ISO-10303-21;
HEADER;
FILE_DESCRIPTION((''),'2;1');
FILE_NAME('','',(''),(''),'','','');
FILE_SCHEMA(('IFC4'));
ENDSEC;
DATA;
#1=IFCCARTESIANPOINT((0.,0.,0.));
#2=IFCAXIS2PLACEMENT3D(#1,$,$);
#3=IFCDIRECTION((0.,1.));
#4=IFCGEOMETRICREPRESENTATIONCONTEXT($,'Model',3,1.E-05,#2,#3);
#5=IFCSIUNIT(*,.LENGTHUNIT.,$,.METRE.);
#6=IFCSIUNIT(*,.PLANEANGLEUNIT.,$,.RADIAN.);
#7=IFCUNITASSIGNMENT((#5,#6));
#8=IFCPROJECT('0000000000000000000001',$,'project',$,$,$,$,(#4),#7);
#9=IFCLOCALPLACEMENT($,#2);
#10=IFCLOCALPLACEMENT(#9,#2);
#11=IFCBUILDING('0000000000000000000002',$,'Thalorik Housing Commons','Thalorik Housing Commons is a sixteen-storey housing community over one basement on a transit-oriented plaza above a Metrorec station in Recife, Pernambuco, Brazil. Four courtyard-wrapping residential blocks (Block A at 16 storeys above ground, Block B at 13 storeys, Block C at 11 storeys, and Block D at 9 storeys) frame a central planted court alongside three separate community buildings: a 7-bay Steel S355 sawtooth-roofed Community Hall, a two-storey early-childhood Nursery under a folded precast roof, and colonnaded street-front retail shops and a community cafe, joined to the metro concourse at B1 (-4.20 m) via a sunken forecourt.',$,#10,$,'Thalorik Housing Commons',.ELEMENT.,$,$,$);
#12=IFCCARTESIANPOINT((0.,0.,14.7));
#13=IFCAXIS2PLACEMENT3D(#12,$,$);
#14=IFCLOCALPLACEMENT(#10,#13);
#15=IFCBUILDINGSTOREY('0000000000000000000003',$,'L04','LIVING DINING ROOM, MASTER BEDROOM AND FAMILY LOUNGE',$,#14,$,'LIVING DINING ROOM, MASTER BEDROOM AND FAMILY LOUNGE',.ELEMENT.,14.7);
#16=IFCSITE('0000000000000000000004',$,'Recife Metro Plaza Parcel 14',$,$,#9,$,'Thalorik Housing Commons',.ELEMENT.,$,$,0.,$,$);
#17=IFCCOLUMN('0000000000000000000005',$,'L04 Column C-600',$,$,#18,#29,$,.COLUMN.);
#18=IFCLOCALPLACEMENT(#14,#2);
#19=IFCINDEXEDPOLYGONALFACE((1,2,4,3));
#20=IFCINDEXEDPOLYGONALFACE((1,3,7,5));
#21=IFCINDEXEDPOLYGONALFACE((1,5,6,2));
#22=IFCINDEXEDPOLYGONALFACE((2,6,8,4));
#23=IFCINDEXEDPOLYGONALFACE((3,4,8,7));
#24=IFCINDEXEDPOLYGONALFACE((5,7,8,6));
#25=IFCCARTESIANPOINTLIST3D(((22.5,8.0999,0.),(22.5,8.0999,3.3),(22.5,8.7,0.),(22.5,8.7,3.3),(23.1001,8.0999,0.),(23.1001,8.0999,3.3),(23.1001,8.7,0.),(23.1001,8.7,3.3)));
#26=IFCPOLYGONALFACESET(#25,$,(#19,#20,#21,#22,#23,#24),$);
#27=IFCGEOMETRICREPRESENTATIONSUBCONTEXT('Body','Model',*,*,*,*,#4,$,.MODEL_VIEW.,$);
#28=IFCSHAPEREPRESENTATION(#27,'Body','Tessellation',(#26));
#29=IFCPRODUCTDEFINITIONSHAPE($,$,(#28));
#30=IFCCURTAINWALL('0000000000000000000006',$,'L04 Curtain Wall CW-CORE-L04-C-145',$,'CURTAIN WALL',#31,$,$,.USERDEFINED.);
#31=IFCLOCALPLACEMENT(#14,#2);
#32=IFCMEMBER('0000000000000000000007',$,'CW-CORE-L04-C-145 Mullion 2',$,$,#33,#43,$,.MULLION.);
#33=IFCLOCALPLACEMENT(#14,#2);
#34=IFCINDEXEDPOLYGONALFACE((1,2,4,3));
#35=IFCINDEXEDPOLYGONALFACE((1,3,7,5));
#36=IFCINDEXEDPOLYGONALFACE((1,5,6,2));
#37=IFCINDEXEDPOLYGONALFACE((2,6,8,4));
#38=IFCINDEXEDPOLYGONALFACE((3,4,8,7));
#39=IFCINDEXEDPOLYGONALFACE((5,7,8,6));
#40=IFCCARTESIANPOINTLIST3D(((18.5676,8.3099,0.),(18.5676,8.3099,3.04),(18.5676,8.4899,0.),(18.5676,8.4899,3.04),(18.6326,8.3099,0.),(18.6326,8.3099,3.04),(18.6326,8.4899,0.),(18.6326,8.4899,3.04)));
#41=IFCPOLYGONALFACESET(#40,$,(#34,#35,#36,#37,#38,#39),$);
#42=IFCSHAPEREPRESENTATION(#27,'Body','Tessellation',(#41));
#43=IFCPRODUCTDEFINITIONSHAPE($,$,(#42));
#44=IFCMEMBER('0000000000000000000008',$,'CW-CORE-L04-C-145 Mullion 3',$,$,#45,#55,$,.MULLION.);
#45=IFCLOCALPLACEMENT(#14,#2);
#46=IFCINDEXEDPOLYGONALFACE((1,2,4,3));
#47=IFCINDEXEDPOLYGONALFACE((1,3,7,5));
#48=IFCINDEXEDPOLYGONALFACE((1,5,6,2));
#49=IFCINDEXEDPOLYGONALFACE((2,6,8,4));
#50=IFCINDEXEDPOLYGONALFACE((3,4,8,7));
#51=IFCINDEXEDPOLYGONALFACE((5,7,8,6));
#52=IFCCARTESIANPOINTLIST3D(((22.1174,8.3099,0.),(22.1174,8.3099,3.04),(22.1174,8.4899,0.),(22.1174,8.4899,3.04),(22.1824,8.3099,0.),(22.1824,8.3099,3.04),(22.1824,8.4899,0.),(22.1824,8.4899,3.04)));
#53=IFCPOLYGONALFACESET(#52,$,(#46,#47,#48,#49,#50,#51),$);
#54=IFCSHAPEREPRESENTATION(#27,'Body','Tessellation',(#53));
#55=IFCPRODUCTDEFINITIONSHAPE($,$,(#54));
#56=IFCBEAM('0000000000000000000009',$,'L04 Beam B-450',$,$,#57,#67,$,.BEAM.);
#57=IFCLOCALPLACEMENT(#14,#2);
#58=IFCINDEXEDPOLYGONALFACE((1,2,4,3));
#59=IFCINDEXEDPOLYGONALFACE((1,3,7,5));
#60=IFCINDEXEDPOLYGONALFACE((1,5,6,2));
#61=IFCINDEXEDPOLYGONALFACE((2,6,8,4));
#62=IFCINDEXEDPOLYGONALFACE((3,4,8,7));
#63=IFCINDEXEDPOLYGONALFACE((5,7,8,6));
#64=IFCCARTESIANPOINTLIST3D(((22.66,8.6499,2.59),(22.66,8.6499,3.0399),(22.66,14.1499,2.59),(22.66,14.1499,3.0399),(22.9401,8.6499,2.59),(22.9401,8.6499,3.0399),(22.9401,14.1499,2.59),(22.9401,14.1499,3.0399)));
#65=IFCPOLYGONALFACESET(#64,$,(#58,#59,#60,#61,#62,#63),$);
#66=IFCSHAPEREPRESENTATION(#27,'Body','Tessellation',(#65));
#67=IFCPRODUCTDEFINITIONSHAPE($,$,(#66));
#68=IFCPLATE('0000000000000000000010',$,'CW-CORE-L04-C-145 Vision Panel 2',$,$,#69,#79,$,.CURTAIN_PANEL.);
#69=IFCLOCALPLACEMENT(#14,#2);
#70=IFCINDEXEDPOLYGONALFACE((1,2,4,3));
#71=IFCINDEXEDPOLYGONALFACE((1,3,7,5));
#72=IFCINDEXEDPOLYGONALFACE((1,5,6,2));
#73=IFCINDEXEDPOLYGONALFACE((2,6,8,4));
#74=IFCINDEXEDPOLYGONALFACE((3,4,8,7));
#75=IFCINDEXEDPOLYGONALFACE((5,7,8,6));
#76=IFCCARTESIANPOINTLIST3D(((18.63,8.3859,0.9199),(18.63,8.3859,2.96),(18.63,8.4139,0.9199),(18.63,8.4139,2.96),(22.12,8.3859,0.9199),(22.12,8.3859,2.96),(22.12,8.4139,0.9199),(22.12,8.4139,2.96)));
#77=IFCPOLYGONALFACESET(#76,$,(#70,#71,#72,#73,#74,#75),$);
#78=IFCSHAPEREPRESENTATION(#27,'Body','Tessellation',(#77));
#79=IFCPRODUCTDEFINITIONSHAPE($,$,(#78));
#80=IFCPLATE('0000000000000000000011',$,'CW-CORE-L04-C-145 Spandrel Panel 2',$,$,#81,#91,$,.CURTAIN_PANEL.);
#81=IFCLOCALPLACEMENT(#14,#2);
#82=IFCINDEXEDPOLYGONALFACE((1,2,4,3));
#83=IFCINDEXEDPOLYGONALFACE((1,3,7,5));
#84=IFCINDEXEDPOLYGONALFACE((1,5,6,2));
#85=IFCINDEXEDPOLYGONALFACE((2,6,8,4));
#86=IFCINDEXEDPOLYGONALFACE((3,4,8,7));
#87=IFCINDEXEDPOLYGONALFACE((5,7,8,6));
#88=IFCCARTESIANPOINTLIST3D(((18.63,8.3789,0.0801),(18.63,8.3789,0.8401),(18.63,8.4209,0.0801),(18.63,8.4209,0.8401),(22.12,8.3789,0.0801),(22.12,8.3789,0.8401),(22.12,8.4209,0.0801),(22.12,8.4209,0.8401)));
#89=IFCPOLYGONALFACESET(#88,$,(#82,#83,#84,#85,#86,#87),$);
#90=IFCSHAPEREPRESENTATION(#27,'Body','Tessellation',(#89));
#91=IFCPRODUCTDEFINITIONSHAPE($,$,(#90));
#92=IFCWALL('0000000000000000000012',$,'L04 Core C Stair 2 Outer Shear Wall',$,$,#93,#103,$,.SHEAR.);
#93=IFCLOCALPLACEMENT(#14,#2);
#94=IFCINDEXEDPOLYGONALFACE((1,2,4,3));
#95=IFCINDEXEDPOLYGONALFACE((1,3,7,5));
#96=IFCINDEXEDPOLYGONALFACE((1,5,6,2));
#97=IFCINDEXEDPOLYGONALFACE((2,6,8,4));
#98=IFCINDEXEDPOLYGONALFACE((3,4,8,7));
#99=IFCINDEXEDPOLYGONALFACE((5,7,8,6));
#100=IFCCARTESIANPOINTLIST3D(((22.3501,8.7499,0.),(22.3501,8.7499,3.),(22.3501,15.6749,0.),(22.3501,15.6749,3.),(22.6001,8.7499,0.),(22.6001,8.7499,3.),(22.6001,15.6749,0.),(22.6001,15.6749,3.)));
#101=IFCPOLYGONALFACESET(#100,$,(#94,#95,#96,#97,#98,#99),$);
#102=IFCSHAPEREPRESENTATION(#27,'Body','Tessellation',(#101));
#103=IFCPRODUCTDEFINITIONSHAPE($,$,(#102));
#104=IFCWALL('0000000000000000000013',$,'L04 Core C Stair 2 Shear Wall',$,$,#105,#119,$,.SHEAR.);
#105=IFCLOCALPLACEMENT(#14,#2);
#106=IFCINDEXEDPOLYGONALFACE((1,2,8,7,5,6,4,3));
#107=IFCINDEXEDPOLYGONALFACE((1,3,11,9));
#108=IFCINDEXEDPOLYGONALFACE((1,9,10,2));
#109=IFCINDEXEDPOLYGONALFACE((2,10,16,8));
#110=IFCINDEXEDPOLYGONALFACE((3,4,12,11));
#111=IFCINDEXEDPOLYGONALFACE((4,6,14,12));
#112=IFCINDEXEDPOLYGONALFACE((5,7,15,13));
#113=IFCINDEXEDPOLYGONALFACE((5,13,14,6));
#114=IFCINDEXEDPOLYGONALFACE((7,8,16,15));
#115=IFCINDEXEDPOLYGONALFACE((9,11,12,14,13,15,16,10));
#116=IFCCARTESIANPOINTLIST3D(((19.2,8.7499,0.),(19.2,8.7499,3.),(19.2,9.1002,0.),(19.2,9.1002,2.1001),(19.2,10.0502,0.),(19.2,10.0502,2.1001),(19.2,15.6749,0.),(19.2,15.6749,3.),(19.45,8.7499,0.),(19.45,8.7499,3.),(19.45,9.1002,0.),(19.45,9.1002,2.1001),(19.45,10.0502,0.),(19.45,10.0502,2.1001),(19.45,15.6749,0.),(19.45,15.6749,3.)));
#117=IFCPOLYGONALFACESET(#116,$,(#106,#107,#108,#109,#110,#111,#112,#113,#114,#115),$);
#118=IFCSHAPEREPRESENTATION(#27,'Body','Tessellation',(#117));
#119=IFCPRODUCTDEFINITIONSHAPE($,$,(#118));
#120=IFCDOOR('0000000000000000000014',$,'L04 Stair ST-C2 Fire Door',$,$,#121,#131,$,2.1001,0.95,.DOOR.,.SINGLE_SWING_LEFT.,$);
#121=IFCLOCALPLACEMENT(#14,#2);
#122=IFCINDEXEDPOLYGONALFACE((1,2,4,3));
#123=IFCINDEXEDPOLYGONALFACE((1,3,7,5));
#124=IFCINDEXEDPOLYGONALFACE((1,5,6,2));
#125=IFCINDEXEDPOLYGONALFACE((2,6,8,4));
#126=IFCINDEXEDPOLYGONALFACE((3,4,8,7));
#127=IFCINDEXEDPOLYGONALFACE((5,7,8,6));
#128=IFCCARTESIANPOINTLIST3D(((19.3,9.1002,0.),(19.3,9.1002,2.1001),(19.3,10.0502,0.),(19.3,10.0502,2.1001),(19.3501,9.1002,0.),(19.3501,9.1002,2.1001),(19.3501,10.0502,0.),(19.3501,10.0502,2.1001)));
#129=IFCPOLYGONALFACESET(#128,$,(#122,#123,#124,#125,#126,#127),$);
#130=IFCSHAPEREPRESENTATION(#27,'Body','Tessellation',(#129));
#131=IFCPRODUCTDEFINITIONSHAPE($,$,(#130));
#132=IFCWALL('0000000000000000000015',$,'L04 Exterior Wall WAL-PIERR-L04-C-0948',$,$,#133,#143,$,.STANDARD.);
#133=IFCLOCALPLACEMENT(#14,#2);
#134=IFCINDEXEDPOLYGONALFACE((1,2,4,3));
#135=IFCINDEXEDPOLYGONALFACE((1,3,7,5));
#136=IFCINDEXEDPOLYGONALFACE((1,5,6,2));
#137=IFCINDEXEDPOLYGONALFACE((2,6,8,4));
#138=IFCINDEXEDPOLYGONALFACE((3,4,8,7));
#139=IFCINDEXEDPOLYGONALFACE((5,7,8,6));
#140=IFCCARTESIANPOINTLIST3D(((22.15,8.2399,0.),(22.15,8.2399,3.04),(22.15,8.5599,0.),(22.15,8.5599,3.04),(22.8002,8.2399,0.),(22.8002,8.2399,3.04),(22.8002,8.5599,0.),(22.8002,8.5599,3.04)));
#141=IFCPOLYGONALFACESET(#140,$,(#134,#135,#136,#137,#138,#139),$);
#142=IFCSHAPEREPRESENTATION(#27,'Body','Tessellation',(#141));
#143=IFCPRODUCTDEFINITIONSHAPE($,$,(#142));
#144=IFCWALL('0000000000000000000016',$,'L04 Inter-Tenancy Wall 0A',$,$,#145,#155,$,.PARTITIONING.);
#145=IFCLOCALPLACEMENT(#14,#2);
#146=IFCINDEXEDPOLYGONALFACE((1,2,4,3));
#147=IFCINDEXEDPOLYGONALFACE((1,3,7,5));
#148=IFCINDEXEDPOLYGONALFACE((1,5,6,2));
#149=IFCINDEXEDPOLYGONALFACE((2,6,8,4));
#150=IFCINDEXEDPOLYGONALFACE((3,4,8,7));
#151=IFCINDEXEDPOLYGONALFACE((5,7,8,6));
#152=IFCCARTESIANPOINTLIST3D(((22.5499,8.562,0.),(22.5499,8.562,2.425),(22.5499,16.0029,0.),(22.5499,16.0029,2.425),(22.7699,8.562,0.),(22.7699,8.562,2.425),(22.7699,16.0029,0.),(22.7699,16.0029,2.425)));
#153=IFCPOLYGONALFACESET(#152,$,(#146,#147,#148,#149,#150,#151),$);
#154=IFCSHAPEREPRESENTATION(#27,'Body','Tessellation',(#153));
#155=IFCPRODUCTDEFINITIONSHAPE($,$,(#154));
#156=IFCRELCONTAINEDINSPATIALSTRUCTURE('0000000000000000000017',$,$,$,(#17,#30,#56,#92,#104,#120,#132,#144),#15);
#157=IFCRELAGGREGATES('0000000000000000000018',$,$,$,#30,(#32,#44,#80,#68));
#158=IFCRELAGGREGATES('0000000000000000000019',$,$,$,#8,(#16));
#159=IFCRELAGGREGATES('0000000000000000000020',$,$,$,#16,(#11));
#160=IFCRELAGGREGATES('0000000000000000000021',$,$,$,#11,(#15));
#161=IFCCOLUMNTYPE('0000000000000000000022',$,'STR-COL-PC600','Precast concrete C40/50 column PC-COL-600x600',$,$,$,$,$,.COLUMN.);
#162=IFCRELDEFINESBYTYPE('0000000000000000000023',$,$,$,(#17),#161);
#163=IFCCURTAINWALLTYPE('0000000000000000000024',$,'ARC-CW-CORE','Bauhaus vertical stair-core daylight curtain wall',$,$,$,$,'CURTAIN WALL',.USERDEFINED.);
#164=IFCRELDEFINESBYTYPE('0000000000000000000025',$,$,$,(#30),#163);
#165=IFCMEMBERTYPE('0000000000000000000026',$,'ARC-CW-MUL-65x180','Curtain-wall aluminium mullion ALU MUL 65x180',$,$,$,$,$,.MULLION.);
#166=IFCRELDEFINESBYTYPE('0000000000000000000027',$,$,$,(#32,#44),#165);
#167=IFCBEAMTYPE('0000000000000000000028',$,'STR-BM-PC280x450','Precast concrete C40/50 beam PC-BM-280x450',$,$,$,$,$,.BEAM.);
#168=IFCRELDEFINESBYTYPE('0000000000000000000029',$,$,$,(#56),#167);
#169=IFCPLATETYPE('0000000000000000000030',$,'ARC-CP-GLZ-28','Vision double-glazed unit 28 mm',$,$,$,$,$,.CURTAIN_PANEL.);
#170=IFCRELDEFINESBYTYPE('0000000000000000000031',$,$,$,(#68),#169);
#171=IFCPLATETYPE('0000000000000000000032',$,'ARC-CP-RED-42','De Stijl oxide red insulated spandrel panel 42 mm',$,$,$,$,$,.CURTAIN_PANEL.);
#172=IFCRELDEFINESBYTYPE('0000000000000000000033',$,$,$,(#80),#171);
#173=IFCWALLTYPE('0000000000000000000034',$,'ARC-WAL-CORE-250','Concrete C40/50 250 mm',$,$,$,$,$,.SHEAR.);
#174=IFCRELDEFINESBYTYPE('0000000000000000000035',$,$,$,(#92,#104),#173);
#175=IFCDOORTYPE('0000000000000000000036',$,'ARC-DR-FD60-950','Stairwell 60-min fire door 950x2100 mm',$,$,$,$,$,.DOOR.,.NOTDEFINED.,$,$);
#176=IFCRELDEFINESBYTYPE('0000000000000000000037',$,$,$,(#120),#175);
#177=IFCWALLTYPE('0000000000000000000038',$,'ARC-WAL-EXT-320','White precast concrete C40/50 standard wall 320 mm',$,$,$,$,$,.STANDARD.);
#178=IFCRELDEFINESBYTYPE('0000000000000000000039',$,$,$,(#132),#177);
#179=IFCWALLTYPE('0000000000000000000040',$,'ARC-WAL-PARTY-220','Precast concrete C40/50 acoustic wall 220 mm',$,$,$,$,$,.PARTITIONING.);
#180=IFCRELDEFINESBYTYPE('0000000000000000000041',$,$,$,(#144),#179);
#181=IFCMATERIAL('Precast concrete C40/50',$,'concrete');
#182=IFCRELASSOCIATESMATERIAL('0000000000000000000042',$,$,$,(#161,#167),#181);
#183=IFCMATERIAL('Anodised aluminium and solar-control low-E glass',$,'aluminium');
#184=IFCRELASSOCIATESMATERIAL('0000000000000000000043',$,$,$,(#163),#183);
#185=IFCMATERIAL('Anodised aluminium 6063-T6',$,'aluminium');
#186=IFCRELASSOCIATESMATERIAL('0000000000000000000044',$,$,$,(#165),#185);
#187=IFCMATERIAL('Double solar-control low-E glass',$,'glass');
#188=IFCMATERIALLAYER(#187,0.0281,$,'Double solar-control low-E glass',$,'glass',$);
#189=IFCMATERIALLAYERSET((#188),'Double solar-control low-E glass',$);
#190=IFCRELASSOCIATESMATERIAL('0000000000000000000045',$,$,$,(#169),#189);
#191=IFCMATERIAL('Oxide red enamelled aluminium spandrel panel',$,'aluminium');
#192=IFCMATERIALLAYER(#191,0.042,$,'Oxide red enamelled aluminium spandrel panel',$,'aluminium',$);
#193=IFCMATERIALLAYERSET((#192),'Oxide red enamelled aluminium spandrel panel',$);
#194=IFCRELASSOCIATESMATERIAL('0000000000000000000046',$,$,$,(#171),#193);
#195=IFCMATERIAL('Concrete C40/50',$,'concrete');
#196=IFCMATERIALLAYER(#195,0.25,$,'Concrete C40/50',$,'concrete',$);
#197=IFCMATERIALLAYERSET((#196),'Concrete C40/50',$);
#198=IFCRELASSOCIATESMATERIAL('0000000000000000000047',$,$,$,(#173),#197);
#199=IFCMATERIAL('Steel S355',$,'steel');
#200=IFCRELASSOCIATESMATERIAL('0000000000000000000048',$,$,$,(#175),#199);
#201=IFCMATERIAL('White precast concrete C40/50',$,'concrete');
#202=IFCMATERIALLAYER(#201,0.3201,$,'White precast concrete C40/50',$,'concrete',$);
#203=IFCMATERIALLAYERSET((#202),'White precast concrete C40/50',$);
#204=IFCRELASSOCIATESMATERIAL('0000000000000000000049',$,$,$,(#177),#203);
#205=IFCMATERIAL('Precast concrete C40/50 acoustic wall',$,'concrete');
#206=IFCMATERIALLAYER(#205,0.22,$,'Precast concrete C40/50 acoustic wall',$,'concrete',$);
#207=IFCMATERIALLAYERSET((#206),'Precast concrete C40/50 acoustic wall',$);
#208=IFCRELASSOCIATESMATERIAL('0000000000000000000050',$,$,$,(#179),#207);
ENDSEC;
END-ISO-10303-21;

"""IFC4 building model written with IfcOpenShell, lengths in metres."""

from ifc_helpers import new_model, si_unit, direction, frame, frame_2d, origin, origin_2d, place, context, subcontext, project, spatial, rectangle, extrude, material, layer, layer_set, material_profile, profile_set, type_object, element, fill, aggregate, save


model = new_model("IFC4")

# Units and contexts
model_context = context("Model", 3, precision=1e-05, world=origin(), true_north=direction((0.0, 1.0)))
body_context = subcontext(model_context, "Body", "Model", "MODEL_VIEW")
ifc_project = project(units=[si_unit("LENGTHUNIT", "METRE"), si_unit("PLANEANGLEUNIT", "RADIAN")], contexts=[model_context])

# Site, building, storey
site_placement = place(None, origin())
site = spatial("IfcSite", under=ifc_project, at=site_placement, Name="Recife Metro Plaza Parcel 14", LongName="Thalorik Housing Commons", CompositionType="ELEMENT", RefElevation=0.0)
building_placement = place(site_placement, origin())
building = spatial("IfcBuilding", under=site, at=building_placement, Name="Thalorik Housing Commons", Description="Thalorik Housing Commons is a sixteen-storey housing community over one basement on a transit-oriented plaza above a Metrorec station in Recife, Pernambuco, Brazil. Four courtyard-wrapping residential blocks (Block A at 16 storeys above ground, Block B at 13 storeys, Block C at 11 storeys, and Block D at 9 storeys) frame a central planted court alongside three separate community buildings: a 7-bay Steel S355 sawtooth-roofed Community Hall, a two-storey early-childhood Nursery under a folded precast roof, and colonnaded street-front retail shops and a community cafe, joined to the metro concourse at B1 (-4.20 m) via a sunken forecourt.", LongName="Thalorik Housing Commons", CompositionType="ELEMENT")
storey_placement = place(building_placement, frame((0.0, 0.0, 14.7)))
storey = spatial("IfcBuildingStorey", under=building, at=storey_placement, Name="L04", Description="LIVING DINING ROOM, MASTER BEDROOM AND FAMILY LOUNGE", LongName="LIVING DINING ROOM, MASTER BEDROOM AND FAMILY LOUNGE", CompositionType="ELEMENT", Elevation=14.7)

# Column
ifc_material_1 = material(Name="Precast concrete C40/50", Category="concrete")
ifc_material_profile_1 = material_profile(ifc_material_1, rectangle(XDim=0.6001, YDim=0.6001, at=origin_2d()), Name="PC 600x600", Category="concrete")
ifc_profile_set_1 = profile_set([ifc_material_profile_1], Name="Precast concrete C40/50")
column_type = type_object("IfcColumnType", Name="STR-COL-PC600", Description="Precast concrete C40/50 column PC-COL-600x600", PredefinedType="COLUMN", material=ifc_profile_set_1)
column_placement = place(storey_placement, frame((22.8, 8.3999, 0.0), z_axis=(0.0, 0.0, 1.0), x_axis=(1.0, 0.0, 0.0)))
element("IfcColumn", 1, at=column_placement, inside=storey, type_object=column_type, Name="L04 Column C-600", PredefinedType="COLUMN", context=body_context, shape_type="SweptSolid", body=[
    extrude(rectangle(XDim=0.6001, YDim=0.6001, at=origin_2d()), origin(), (0.0, 0.0, 1.0), 3.3),
])

# Curtain wall, members
ifc_material_2 = material(Name="Anodised aluminium and solar-control low-E glass", Category="aluminium")
curtain_wall_type = type_object("IfcCurtainWallType", Name="ARC-CW-CORE", Description="Bauhaus vertical stair-core daylight curtain wall", ElementType="CURTAIN WALL", PredefinedType="USERDEFINED", material=ifc_material_2)
curtain_wall_placement = place(storey_placement, origin())
curtain_wall = element("IfcCurtainWall", 2, at=curtain_wall_placement, inside=storey, type_object=curtain_wall_type, Name="L04 Curtain Wall CW-CORE-L04-C-145", ObjectType="CURTAIN WALL", PredefinedType="USERDEFINED")
ifc_material_3 = material(Name="Anodised aluminium 6063-T6", Category="aluminium")
ifc_material_profile_2 = material_profile(ifc_material_3, rectangle(XDim=0.0649, YDim=0.1799, at=origin_2d()), Name="ALU MUL 65x180", Category="aluminium")
ifc_profile_set_2 = profile_set([ifc_material_profile_2], Name="Anodised aluminium 6063-T6")
member_type = type_object("IfcMemberType", Name="ARC-CW-MUL-65x180", Description="Curtain-wall aluminium mullion ALU MUL 65x180", PredefinedType="MULLION", material=ifc_profile_set_2)
member_1_placement = place(storey_placement, frame((18.6001, 8.3999, 0.0), z_axis=(0.0, 0.0, 1.0), x_axis=(1.0, 0.0, 0.0)))
member_1 = element("IfcMember", 3, at=member_1_placement, type_object=member_type, Name="CW-CORE-L04-C-145 Mullion 2", PredefinedType="MULLION", context=body_context, shape_type="SweptSolid", body=[
    extrude(rectangle(XDim=0.0649, YDim=0.1799, at=origin_2d()), origin(), (0.0, 0.0, 1.0), 3.04),
])
member_2_placement = place(storey_placement, frame((22.1499, 8.3999, 0.0), z_axis=(0.0, 0.0, 1.0), x_axis=(1.0, 0.0, 0.0)))
member_2 = element("IfcMember", 4, at=member_2_placement, type_object=member_type, Name="CW-CORE-L04-C-145 Mullion 3", PredefinedType="MULLION", context=body_context, shape_type="SweptSolid", body=[
    extrude(rectangle(XDim=0.0649, YDim=0.1799, at=origin_2d()), origin(), (0.0, 0.0, 1.0), 3.04),
])

# Beam
ifc_material_profile_3 = material_profile(ifc_material_1, rectangle(XDim=0.28, YDim=0.45, at=origin_2d()), Name="PC 280x450", Category="concrete")
ifc_profile_set_3 = profile_set([ifc_material_profile_3], Name="Precast concrete C40/50")
beam_type = type_object("IfcBeamType", Name="STR-BM-PC280x450", Description="Precast concrete C40/50 beam PC-BM-280x450", PredefinedType="BEAM", material=ifc_profile_set_3)
beam_placement = place(storey_placement, frame((22.8, 8.6499, 2.8149), z_axis=(0.0, 1.0, 0.0), x_axis=(-1.0, 0.0, 0.0)))
element("IfcBeam", 5, at=beam_placement, inside=storey, type_object=beam_type, Name="L04 Beam B-450", PredefinedType="BEAM", context=body_context, shape_type="SweptSolid", body=[
    extrude(rectangle(XDim=0.28, YDim=0.45, at=origin_2d()), origin(), (0.0, 0.0, 1.0), 5.5),
])

# Plates
ifc_material_4 = material(Name="Double solar-control low-E glass", Category="glass")
ifc_layer_1 = layer(ifc_material_4, 0.0281, Name="Double solar-control low-E glass", Category="glass")
ifc_layer_set_1 = layer_set([ifc_layer_1], Name="Double solar-control low-E glass")
plate_type_1 = type_object("IfcPlateType", Name="ARC-CP-GLZ-28", Description="Vision double-glazed unit 28 mm", PredefinedType="CURTAIN_PANEL", material=ifc_layer_set_1)
plate_1_placement = place(storey_placement, frame((20.375, 8.3999, 0.9199), z_axis=(0.0, 0.0, 1.0), x_axis=(1.0, 0.0, 0.0)))
plate_1 = element("IfcPlate", 6, at=plate_1_placement, type_object=plate_type_1, Name="CW-CORE-L04-C-145 Vision Panel 2", PredefinedType="CURTAIN_PANEL", context=body_context, shape_type="SweptSolid", body=[
    extrude(rectangle(XDim=3.49, YDim=0.0281, at=origin_2d()), origin(), (0.0, 0.0, 1.0), 2.04),
])
ifc_material_5 = material(Name="Oxide red enamelled aluminium spandrel panel", Category="aluminium")
ifc_layer_2 = layer(ifc_material_5, 0.042, Name="Oxide red enamelled aluminium spandrel panel", Category="aluminium")
ifc_layer_set_2 = layer_set([ifc_layer_2], Name="Oxide red enamelled aluminium spandrel panel")
plate_type_2 = type_object("IfcPlateType", Name="ARC-CP-RED-42", Description="De Stijl oxide red insulated spandrel panel 42 mm", PredefinedType="CURTAIN_PANEL", material=ifc_layer_set_2)
plate_2_placement = place(storey_placement, frame((20.375, 8.3999, 0.0801), z_axis=(0.0, 0.0, 1.0), x_axis=(1.0, 0.0, 0.0)))
plate_2 = element("IfcPlate", 7, at=plate_2_placement, type_object=plate_type_2, Name="CW-CORE-L04-C-145 Spandrel Panel 2", PredefinedType="CURTAIN_PANEL", context=body_context, shape_type="SweptSolid", body=[
    extrude(rectangle(XDim=3.49, YDim=0.042, at=origin_2d()), origin(), (0.0, 0.0, 1.0), 0.76),
])
aggregate(curtain_wall, [member_1, member_2, plate_2, plate_1])

# Wall
ifc_material_6 = material(Name="Concrete C40/50", Category="concrete")
ifc_layer_3 = layer(ifc_material_6, 0.25, Name="Concrete C40/50", Category="concrete")
ifc_layer_set_3 = layer_set([ifc_layer_3], Name="Concrete C40/50")
wall_type_1 = type_object("IfcWallType", Name="ARC-WAL-CORE-250", Description="Concrete C40/50 250 mm", PredefinedType="SHEAR", material=ifc_layer_set_3)
wall_1_placement = place(storey_placement, frame((22.4751, 8.75, 0.0), z_axis=(0.0, 0.0, 1.0), x_axis=(0.0, 1.0, 0.0)))
element("IfcWall", 8, at=wall_1_placement, inside=storey, type_object=wall_type_1, Name="L04 Core C Stair 2 Outer Shear Wall", PredefinedType="SHEAR", context=body_context, shape_type="SweptSolid", body=[
    extrude(rectangle(XDim=6.925, YDim=0.25, at=frame_2d((3.4624, 0.0))), origin(), (0.0, 0.0, 1.0), 3.0),
])

# Wall, opening, door
wall_2_placement = place(storey_placement, frame((19.325, 8.75, 0.0), z_axis=(0.0, 0.0, 1.0), x_axis=(0.0, 1.0, 0.0)))
wall_2 = element("IfcWall", 9, at=wall_2_placement, inside=storey, type_object=wall_type_1, Name="L04 Core C Stair 2 Shear Wall", PredefinedType="SHEAR", context=body_context, shape_type="SweptSolid", body=[
    extrude(rectangle(XDim=6.925, YDim=0.25, at=frame_2d((3.4624, 0.0))), origin(), (0.0, 0.0, 1.0), 3.0),
])
opening_1_placement = place(wall_2_placement, frame((0.3501, 0.0, 0.0)))
opening_1 = element("IfcOpeningElement", 10, at=opening_1_placement, cuts=wall_2, PredefinedType="OPENING", context=body_context, shape_type="SweptSolid", body=[
    extrude(rectangle(XDim=0.95, YDim=2.1001, at=frame_2d((0.4751, 1.05))), frame((0.0, 0.135, 0.0), z_axis=(0.0, -1.0, 0.0), x_axis=(1.0, 0.0, 0.0)), (0.0, 0.0, 1.0), 0.27),
])
ifc_material_7 = material(Name="Steel S355", Category="steel")
door_type_1 = type_object("IfcDoorType", Name="ARC-DR-FD60-950", Description="Stairwell 60-min fire door 950x2100 mm", OperationType="NOTDEFINED", PredefinedType="DOOR", material=ifc_material_7)
door_1_placement = place(opening_1_placement, origin())
door_1 = element("IfcDoor", 11, at=door_1_placement, inside=storey, type_object=door_type_1, Name="L04 Stair ST-C2 Fire Door", OperationType="SINGLE_SWING_LEFT", OverallHeight=2.1001, OverallWidth=0.95, PredefinedType="DOOR", context=body_context, shape_type="SweptSolid", body=[
    extrude(rectangle(XDim=0.95, YDim=2.1001, at=frame_2d((0.4751, 1.05))), frame((0.0, 0.0249, 0.0), z_axis=(0.0, -1.0, 0.0), x_axis=(1.0, 0.0, 0.0)), (0.0, 0.0, 1.0), 0.05),
])
fill(opening_1, door_1)

# Wall
ifc_material_8 = material(Name="White precast concrete C40/50", Category="concrete")
ifc_layer_4 = layer(ifc_material_8, 0.3201, Name="White precast concrete C40/50", Category="concrete")
ifc_layer_set_4 = layer_set([ifc_layer_4], Name="White precast concrete C40/50")
wall_type_2 = type_object("IfcWallType", Name="ARC-WAL-EXT-320", Description="White precast concrete C40/50 standard wall 320 mm", PredefinedType="STANDARD", material=ifc_layer_set_4)
wall_3_placement = place(storey_placement, frame((22.1499, 8.3999, 0.0), z_axis=(0.0, 0.0, 1.0), x_axis=(1.0, 0.0, 0.0)))
element("IfcWall", 12, at=wall_3_placement, inside=storey, type_object=wall_type_2, Name="L04 Exterior Wall WAL-PIERR-L04-C-0948", PredefinedType="STANDARD", context=body_context, shape_type="SweptSolid", body=[
    extrude(rectangle(XDim=0.6501, YDim=0.3201, at=frame_2d((0.3252, 0.0))), origin(), (0.0, 0.0, 1.0), 3.04),
])

# Wall
ifc_material_9 = material(Name="Precast concrete C40/50 acoustic wall", Category="concrete")
ifc_layer_5 = layer(ifc_material_9, 0.22, Name="Precast concrete C40/50 acoustic wall", Category="concrete")
ifc_layer_set_5 = layer_set([ifc_layer_5], Name="Precast concrete C40/50 acoustic wall")
wall_type_3 = type_object("IfcWallType", Name="ARC-WAL-PARTY-220", Description="Precast concrete C40/50 acoustic wall 220 mm", PredefinedType="PARTITIONING", material=ifc_layer_set_5)
wall_4_placement = place(storey_placement, frame((22.6599, 8.562, 0.0), z_axis=(0.0, 0.0, 1.0), x_axis=(0.0, 1.0, 0.0)))
element("IfcWall", 13, at=wall_4_placement, inside=storey, type_object=wall_type_3, Name="L04 Inter-Tenancy Wall 0A", PredefinedType="PARTITIONING", context=body_context, shape_type="SweptSolid", body=[
    extrude(rectangle(XDim=7.4409, YDim=0.22, at=frame_2d((3.7205, 0.0))), origin(), (0.0, 0.0, 1.0), 2.425),
])

save(model, "model.ifc")
